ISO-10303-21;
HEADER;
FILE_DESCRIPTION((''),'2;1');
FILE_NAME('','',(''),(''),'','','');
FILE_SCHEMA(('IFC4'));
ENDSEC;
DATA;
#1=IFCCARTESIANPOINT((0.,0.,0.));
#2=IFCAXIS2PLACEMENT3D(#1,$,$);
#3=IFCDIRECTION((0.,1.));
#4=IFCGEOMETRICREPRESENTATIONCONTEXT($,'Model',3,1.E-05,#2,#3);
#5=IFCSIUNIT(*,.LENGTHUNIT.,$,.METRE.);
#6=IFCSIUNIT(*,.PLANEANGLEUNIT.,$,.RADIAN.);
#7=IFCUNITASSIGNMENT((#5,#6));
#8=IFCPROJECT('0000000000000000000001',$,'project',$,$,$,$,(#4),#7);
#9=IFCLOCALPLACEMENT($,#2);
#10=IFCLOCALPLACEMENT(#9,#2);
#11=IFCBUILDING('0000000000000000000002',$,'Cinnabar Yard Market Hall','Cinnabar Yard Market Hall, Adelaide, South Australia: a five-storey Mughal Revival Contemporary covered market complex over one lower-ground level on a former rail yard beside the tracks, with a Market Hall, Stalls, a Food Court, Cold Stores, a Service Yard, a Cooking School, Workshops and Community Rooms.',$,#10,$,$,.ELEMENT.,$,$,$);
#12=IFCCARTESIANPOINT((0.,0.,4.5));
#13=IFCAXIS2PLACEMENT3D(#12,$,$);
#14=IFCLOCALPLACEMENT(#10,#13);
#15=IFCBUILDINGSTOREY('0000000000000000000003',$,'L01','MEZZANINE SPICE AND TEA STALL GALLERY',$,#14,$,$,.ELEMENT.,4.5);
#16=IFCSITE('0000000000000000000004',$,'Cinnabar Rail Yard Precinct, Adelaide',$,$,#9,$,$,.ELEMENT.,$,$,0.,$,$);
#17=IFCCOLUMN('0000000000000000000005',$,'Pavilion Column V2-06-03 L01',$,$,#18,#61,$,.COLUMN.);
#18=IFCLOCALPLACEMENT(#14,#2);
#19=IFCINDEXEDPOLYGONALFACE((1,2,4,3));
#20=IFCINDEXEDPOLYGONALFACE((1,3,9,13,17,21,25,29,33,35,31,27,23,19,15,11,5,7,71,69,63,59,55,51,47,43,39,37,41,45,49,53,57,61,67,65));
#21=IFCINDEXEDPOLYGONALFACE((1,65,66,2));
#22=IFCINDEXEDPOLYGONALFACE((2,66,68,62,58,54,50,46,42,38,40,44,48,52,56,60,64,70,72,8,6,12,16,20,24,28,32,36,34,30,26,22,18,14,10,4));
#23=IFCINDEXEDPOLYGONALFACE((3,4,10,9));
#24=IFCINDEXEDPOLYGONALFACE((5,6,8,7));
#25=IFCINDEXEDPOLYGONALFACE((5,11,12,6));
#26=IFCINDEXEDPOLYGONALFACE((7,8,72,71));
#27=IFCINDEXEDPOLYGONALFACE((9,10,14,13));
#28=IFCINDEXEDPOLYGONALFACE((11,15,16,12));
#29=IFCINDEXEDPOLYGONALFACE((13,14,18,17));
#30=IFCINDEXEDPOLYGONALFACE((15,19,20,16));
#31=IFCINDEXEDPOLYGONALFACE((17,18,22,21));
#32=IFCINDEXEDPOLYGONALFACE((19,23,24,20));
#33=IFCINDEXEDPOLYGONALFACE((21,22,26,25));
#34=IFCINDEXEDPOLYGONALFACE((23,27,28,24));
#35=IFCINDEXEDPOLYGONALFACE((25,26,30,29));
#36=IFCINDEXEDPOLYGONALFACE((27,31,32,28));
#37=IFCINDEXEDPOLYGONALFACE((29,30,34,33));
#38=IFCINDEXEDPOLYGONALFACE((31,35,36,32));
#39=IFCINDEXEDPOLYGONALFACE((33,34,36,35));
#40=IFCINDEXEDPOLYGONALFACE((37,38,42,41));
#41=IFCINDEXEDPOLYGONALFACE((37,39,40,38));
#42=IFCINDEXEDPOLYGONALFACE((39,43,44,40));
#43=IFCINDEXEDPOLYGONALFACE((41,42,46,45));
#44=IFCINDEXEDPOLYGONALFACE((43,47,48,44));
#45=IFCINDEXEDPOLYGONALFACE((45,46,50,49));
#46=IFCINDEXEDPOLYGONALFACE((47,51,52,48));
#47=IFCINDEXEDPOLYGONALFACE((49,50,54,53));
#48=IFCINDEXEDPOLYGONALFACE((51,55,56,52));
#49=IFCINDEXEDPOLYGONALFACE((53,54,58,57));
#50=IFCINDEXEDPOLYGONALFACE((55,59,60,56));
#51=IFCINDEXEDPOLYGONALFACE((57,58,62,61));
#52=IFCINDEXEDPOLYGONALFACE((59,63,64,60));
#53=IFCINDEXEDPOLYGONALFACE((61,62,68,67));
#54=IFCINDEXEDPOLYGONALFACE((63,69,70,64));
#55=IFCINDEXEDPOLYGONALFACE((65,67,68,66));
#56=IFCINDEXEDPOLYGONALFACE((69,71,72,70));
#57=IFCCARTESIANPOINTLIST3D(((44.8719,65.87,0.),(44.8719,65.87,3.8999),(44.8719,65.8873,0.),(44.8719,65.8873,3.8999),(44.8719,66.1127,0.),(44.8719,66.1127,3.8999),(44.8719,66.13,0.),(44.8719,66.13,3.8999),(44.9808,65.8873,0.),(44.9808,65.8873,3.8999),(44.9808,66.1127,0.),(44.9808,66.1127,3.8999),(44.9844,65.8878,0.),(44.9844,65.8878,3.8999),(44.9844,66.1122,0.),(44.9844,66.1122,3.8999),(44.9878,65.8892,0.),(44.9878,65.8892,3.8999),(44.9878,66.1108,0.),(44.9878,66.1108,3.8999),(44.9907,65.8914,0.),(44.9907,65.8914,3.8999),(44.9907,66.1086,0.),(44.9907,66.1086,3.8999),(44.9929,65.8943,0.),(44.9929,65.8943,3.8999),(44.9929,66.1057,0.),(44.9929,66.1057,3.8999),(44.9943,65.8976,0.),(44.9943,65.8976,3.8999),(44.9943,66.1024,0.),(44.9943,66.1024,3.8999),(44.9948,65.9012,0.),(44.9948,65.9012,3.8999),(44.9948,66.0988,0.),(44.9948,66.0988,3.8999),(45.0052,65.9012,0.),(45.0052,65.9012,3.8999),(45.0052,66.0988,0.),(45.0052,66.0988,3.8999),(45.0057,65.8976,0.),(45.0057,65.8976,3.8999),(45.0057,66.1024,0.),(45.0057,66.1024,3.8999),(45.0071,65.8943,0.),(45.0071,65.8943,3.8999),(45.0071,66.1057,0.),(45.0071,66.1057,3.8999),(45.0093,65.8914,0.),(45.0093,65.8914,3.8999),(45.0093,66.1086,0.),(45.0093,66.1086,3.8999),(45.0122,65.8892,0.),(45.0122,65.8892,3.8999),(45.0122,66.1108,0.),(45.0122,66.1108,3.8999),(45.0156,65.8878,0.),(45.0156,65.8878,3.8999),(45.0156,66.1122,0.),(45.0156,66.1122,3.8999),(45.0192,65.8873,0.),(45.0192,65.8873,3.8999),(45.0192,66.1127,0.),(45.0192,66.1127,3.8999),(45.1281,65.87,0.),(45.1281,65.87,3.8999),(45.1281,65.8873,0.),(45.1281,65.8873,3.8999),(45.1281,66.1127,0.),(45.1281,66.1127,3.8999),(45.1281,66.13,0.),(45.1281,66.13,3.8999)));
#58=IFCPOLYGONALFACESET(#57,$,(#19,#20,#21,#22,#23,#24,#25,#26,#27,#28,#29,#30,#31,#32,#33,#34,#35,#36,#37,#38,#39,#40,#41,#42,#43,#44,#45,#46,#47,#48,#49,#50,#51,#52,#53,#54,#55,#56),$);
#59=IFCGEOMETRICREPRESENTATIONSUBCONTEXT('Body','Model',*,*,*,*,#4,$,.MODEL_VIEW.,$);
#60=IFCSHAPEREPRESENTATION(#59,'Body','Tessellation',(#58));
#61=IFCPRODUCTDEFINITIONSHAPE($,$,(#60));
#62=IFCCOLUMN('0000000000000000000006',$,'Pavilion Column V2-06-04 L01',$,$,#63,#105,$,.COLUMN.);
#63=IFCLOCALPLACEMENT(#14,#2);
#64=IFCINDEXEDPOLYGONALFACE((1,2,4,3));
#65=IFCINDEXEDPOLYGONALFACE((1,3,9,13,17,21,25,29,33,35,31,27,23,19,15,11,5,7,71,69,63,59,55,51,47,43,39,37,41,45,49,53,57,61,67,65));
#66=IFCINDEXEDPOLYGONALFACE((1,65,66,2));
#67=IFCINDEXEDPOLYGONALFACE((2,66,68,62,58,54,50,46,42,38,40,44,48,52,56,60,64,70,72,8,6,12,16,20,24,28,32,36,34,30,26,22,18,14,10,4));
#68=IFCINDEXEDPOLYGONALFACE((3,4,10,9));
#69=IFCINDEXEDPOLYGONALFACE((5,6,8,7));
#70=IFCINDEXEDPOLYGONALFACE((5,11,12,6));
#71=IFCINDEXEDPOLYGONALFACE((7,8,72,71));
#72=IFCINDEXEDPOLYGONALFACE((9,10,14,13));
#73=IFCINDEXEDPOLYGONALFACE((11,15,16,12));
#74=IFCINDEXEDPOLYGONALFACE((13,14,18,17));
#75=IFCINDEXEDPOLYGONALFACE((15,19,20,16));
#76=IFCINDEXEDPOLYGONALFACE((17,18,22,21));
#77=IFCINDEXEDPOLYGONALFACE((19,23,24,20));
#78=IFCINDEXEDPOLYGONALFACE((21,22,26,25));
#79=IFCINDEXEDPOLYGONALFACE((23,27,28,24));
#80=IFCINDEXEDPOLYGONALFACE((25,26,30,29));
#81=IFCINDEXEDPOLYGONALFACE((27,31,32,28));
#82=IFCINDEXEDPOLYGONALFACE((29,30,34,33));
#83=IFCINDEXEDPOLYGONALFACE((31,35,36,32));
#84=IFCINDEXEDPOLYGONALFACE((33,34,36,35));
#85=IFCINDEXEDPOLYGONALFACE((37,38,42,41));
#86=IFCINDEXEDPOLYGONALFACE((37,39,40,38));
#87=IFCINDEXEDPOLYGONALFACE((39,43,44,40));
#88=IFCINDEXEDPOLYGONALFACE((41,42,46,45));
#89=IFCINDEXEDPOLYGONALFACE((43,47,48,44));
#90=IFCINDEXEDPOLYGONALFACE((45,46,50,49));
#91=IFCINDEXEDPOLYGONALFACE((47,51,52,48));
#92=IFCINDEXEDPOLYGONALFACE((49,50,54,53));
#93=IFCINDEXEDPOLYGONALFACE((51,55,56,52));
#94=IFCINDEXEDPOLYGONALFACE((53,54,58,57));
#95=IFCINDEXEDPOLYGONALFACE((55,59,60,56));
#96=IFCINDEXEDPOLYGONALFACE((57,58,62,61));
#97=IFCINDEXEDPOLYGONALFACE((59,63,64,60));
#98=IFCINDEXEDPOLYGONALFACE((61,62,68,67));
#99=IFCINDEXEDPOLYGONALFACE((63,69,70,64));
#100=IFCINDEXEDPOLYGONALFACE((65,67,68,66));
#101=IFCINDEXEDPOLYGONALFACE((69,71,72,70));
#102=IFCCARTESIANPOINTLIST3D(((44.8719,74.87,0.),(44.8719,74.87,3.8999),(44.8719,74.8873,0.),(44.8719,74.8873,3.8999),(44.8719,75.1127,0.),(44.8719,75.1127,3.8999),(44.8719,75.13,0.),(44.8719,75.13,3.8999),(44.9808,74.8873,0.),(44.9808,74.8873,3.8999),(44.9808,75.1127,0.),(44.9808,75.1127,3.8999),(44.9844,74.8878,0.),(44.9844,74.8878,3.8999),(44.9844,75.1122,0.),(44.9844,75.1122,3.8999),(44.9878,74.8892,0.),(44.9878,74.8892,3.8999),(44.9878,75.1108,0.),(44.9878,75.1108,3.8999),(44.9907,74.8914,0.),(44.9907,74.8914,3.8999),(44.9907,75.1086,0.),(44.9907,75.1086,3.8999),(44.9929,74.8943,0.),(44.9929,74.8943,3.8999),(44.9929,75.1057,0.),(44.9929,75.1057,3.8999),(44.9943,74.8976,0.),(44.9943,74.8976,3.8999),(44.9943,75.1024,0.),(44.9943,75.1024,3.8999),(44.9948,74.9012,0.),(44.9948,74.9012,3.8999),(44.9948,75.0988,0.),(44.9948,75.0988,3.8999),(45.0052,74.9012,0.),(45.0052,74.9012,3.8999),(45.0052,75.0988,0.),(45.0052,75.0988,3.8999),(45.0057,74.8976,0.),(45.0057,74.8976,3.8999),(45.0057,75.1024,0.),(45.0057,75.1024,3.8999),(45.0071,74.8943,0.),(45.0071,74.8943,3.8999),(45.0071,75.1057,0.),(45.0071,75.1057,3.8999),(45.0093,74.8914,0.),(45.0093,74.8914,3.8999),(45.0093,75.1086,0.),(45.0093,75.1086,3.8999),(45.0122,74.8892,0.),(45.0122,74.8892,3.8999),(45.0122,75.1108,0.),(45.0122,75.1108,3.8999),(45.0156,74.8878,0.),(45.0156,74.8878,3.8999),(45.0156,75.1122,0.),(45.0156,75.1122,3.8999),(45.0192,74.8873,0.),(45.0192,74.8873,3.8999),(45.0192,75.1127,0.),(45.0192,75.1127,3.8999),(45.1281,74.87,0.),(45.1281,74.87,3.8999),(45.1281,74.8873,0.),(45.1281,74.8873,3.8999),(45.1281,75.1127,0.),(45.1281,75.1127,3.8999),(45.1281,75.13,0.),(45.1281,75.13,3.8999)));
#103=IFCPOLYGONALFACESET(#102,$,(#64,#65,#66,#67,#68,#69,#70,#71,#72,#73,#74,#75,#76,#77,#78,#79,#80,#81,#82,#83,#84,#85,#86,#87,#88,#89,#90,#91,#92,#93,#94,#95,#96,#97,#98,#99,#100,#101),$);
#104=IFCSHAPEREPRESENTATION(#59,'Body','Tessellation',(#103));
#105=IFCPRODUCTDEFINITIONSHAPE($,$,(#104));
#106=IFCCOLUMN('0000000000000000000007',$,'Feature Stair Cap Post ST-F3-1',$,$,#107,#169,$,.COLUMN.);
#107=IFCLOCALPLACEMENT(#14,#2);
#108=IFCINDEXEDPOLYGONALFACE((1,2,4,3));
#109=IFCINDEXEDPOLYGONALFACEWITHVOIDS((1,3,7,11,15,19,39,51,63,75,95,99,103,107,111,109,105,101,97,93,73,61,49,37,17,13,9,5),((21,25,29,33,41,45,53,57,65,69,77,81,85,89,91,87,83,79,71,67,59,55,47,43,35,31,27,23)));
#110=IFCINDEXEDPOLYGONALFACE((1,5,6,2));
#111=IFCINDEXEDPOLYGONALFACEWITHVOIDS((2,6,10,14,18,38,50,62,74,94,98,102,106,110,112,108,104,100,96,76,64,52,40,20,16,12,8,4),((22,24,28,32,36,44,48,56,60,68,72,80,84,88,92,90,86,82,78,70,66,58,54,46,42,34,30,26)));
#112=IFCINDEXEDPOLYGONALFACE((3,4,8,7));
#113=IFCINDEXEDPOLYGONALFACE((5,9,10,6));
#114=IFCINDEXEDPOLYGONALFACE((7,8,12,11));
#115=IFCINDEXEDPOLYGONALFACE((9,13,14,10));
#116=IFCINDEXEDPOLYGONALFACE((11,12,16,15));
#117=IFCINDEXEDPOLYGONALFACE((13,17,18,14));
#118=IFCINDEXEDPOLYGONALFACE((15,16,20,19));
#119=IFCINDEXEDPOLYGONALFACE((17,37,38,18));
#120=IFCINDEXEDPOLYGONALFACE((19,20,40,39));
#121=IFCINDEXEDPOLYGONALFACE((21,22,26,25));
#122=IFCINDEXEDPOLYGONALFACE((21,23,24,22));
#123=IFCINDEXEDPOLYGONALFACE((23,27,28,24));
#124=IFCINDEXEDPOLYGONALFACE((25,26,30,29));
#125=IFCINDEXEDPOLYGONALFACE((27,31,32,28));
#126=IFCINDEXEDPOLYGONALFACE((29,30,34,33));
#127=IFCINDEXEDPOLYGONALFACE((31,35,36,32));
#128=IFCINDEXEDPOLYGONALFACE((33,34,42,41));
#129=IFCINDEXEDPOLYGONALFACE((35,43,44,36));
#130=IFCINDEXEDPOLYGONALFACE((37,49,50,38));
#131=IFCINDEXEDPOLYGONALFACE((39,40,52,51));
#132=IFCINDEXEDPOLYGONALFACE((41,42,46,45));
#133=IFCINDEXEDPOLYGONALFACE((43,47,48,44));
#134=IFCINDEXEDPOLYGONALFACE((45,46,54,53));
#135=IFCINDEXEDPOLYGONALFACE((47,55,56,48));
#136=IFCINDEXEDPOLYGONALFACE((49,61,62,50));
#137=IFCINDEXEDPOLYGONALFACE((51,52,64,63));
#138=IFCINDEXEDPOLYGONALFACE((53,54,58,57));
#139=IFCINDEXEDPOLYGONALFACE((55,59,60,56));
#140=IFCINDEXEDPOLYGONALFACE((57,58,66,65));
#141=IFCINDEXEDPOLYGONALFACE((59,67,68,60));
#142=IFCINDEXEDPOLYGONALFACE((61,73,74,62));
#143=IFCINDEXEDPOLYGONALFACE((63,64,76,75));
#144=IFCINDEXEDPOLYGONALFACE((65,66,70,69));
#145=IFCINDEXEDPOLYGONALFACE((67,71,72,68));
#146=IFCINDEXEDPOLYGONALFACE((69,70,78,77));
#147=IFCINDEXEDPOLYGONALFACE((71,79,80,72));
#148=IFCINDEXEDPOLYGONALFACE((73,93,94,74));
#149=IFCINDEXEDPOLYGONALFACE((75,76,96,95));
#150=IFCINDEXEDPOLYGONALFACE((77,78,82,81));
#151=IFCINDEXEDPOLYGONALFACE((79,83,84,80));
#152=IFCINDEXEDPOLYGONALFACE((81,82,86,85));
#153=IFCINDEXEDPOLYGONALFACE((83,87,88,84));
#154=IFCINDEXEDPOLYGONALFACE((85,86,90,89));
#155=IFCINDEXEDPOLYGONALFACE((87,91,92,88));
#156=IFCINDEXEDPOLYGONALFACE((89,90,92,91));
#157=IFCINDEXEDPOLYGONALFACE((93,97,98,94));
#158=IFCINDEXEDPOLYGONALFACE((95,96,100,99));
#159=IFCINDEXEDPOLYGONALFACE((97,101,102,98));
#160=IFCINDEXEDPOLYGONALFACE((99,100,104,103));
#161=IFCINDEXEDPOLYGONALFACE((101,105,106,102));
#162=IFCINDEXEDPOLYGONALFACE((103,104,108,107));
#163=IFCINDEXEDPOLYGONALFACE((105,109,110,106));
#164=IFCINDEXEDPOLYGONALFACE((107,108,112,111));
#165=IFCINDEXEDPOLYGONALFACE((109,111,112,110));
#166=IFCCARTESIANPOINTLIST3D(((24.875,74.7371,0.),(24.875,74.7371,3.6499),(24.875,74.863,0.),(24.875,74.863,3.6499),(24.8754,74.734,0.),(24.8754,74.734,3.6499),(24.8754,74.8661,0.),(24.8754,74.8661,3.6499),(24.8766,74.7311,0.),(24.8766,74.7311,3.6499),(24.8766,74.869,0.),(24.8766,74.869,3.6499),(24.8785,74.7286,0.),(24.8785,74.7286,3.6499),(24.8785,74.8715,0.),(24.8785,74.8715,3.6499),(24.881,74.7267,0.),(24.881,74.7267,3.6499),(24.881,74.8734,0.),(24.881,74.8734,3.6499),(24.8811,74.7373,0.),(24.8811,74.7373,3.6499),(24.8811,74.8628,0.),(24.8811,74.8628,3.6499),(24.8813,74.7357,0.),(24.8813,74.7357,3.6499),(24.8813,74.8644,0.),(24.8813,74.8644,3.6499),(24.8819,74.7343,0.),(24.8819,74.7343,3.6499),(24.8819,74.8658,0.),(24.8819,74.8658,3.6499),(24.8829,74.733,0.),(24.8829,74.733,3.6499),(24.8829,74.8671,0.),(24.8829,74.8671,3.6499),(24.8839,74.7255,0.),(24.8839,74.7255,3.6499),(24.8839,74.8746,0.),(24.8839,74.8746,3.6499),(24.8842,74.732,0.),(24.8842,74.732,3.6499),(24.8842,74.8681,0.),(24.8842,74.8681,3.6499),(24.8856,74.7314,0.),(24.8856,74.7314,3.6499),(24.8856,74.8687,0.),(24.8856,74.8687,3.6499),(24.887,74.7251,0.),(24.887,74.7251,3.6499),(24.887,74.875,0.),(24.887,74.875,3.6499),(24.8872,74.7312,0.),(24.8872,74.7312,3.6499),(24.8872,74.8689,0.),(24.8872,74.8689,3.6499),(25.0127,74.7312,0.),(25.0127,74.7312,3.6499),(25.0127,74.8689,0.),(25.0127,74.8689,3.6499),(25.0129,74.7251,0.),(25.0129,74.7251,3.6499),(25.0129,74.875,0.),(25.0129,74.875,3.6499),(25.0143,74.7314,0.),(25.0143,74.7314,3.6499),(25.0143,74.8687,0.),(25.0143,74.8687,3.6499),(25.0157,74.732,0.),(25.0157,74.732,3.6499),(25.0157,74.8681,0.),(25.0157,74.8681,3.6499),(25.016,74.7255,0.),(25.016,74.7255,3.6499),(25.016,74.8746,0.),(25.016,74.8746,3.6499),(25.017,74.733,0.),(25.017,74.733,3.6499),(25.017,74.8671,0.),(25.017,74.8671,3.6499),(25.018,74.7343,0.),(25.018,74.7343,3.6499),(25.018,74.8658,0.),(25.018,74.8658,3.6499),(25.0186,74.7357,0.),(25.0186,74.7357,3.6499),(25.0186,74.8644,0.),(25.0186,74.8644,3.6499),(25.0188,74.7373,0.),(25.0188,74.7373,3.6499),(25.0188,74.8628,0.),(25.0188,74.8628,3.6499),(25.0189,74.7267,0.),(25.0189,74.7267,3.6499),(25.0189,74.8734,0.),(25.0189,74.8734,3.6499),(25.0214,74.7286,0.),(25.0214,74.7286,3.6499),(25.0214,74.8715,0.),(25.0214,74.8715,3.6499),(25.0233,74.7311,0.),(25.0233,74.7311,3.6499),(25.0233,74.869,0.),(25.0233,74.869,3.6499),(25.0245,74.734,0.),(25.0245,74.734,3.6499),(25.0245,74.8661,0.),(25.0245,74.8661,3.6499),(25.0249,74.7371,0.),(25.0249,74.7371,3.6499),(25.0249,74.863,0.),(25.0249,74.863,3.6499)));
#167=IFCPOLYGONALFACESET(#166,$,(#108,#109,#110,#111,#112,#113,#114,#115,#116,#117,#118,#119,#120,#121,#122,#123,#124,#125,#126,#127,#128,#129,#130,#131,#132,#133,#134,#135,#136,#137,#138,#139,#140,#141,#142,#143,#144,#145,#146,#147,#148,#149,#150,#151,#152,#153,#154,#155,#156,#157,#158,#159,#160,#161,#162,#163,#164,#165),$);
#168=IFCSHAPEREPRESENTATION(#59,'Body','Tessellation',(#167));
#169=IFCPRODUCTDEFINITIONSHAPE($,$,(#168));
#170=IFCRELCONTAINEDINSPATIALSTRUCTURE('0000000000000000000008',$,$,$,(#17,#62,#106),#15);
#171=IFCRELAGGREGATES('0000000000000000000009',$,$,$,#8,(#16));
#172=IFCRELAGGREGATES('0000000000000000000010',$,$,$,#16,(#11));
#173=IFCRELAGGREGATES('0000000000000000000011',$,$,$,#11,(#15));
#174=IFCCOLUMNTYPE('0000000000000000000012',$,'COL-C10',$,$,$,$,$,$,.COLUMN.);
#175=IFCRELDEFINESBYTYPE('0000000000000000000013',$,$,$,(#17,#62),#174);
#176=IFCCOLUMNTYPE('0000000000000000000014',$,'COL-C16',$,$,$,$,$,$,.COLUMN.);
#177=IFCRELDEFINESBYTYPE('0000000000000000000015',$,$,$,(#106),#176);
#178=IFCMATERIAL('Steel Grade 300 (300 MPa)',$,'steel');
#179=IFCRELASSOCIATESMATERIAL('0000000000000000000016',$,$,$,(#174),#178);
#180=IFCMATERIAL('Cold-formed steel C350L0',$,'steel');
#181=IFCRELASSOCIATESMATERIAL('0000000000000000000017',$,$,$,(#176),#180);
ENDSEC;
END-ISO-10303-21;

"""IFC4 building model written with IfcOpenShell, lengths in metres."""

from ifc_helpers import new_model, si_unit, direction, frame, origin, origin_2d_with_axis, place, context, subcontext, project, spatial, hollow_rectangle, i_section, extrude, material, material_profile, profile_set, type_object, element, save


model = new_model("IFC4")

# Units and contexts
model_context = context("Model", 3, precision=1e-05, world=origin(), true_north=direction((0.0, 1.0)))
body_context = subcontext(model_context, "Body", "Model", "MODEL_VIEW")
ifc_project = project(units=[si_unit("LENGTHUNIT", "METRE"), si_unit("PLANEANGLEUNIT", "RADIAN")], contexts=[model_context])

# Site, building, storey
site_placement = place(None, origin())
site = spatial("IfcSite", under=ifc_project, at=site_placement, Name="Cinnabar Rail Yard Precinct, Adelaide", CompositionType="ELEMENT", RefElevation=0.0)
building_placement = place(site_placement, origin())
building = spatial("IfcBuilding", under=site, at=building_placement, Name="Cinnabar Yard Market Hall", Description="Cinnabar Yard Market Hall, Adelaide, South Australia: a five-storey Mughal Revival Contemporary covered market complex over one lower-ground level on a former rail yard beside the tracks, with a Market Hall, Stalls, a Food Court, Cold Stores, a Service Yard, a Cooking School, Workshops and Community Rooms.", CompositionType="ELEMENT")
storey_placement = place(building_placement, frame((0.0, 0.0, 4.5)))
storey = spatial("IfcBuildingStorey", under=building, at=storey_placement, Name="L01", Description="MEZZANINE SPICE AND TEA STALL GALLERY", CompositionType="ELEMENT", Elevation=4.5)

# Columns
ifc_material_1 = material(Name="Steel Grade 300 (300 MPa)", Category="steel")
ifc_material_profile_1 = material_profile(ifc_material_1, i_section(OverallWidth=0.2561, OverallDepth=0.26, WebThickness=0.0105, FlangeThickness=0.0173, FilletRadius=0.0139, at=origin_2d_with_axis()), Name="250UC89.5")
ifc_profile_set_1 = profile_set([ifc_material_profile_1], Name="Steel Grade 300 (300 MPa)")
column_type_1 = type_object("IfcColumnType", Name="COL-C10", PredefinedType="COLUMN", material=ifc_profile_set_1)
for number, where, z_axis, x_axis, name in (
    (1, (45.0, 66.0, 0.0), (0.0, 0.0, 1.0), (1.0, 0.0, 0.0), "Pavilion Column V2-06-03 L01"),
    (2, (45.0, 75.0, 0.0), (0.0, 0.0, 1.0), (1.0, 0.0, 0.0), "Pavilion Column V2-06-04 L01"),
):
    element("IfcColumn", number, at=place(storey_placement, frame(where, z_axis=z_axis, x_axis=x_axis)), inside=storey, type_object=column_type_1, Name=name, PredefinedType="COLUMN", context=body_context, shape_type="SweptSolid", body=[
        extrude(i_section(OverallWidth=0.2561, OverallDepth=0.26, WebThickness=0.0105, FlangeThickness=0.0173, FilletRadius=0.0139, at=origin_2d_with_axis()), origin(), (0.0, 0.0, 1.0), 3.8999),
    ])
ifc_material_2 = material(Name="Cold-formed steel C350L0", Category="steel")
ifc_material_profile_2 = material_profile(ifc_material_2, hollow_rectangle(XDim=0.1499, YDim=0.1499, WallThickness=0.0061, InnerFilletRadius=0.0061, OuterFilletRadius=0.012, at=origin_2d_with_axis()), Name="150x150x6.0SHS")
ifc_profile_set_2 = profile_set([ifc_material_profile_2], Name="Cold-formed steel C350L0")
column_type_2 = type_object("IfcColumnType", Name="COL-C16", PredefinedType="COLUMN", material=ifc_profile_set_2)
for number, where, z_axis, x_axis, name in (
    (3, (24.95, 74.8, 0.0), (0.0, 0.0, 1.0), (1.0, 0.0, 0.0), "Feature Stair Cap Post ST-F3-1"),
):
    element("IfcColumn", number, at=place(storey_placement, frame(where, z_axis=z_axis, x_axis=x_axis)), inside=storey, type_object=column_type_2, Name=name, PredefinedType="COLUMN", context=body_context, shape_type="SweptSolid", body=[
        extrude(hollow_rectangle(XDim=0.1499, YDim=0.1499, WallThickness=0.0061, InnerFilletRadius=0.0061, OuterFilletRadius=0.012, at=origin_2d_with_axis()), origin(), (0.0, 0.0, 1.0), 3.6499),
    ])

save(model, "model.ifc")
